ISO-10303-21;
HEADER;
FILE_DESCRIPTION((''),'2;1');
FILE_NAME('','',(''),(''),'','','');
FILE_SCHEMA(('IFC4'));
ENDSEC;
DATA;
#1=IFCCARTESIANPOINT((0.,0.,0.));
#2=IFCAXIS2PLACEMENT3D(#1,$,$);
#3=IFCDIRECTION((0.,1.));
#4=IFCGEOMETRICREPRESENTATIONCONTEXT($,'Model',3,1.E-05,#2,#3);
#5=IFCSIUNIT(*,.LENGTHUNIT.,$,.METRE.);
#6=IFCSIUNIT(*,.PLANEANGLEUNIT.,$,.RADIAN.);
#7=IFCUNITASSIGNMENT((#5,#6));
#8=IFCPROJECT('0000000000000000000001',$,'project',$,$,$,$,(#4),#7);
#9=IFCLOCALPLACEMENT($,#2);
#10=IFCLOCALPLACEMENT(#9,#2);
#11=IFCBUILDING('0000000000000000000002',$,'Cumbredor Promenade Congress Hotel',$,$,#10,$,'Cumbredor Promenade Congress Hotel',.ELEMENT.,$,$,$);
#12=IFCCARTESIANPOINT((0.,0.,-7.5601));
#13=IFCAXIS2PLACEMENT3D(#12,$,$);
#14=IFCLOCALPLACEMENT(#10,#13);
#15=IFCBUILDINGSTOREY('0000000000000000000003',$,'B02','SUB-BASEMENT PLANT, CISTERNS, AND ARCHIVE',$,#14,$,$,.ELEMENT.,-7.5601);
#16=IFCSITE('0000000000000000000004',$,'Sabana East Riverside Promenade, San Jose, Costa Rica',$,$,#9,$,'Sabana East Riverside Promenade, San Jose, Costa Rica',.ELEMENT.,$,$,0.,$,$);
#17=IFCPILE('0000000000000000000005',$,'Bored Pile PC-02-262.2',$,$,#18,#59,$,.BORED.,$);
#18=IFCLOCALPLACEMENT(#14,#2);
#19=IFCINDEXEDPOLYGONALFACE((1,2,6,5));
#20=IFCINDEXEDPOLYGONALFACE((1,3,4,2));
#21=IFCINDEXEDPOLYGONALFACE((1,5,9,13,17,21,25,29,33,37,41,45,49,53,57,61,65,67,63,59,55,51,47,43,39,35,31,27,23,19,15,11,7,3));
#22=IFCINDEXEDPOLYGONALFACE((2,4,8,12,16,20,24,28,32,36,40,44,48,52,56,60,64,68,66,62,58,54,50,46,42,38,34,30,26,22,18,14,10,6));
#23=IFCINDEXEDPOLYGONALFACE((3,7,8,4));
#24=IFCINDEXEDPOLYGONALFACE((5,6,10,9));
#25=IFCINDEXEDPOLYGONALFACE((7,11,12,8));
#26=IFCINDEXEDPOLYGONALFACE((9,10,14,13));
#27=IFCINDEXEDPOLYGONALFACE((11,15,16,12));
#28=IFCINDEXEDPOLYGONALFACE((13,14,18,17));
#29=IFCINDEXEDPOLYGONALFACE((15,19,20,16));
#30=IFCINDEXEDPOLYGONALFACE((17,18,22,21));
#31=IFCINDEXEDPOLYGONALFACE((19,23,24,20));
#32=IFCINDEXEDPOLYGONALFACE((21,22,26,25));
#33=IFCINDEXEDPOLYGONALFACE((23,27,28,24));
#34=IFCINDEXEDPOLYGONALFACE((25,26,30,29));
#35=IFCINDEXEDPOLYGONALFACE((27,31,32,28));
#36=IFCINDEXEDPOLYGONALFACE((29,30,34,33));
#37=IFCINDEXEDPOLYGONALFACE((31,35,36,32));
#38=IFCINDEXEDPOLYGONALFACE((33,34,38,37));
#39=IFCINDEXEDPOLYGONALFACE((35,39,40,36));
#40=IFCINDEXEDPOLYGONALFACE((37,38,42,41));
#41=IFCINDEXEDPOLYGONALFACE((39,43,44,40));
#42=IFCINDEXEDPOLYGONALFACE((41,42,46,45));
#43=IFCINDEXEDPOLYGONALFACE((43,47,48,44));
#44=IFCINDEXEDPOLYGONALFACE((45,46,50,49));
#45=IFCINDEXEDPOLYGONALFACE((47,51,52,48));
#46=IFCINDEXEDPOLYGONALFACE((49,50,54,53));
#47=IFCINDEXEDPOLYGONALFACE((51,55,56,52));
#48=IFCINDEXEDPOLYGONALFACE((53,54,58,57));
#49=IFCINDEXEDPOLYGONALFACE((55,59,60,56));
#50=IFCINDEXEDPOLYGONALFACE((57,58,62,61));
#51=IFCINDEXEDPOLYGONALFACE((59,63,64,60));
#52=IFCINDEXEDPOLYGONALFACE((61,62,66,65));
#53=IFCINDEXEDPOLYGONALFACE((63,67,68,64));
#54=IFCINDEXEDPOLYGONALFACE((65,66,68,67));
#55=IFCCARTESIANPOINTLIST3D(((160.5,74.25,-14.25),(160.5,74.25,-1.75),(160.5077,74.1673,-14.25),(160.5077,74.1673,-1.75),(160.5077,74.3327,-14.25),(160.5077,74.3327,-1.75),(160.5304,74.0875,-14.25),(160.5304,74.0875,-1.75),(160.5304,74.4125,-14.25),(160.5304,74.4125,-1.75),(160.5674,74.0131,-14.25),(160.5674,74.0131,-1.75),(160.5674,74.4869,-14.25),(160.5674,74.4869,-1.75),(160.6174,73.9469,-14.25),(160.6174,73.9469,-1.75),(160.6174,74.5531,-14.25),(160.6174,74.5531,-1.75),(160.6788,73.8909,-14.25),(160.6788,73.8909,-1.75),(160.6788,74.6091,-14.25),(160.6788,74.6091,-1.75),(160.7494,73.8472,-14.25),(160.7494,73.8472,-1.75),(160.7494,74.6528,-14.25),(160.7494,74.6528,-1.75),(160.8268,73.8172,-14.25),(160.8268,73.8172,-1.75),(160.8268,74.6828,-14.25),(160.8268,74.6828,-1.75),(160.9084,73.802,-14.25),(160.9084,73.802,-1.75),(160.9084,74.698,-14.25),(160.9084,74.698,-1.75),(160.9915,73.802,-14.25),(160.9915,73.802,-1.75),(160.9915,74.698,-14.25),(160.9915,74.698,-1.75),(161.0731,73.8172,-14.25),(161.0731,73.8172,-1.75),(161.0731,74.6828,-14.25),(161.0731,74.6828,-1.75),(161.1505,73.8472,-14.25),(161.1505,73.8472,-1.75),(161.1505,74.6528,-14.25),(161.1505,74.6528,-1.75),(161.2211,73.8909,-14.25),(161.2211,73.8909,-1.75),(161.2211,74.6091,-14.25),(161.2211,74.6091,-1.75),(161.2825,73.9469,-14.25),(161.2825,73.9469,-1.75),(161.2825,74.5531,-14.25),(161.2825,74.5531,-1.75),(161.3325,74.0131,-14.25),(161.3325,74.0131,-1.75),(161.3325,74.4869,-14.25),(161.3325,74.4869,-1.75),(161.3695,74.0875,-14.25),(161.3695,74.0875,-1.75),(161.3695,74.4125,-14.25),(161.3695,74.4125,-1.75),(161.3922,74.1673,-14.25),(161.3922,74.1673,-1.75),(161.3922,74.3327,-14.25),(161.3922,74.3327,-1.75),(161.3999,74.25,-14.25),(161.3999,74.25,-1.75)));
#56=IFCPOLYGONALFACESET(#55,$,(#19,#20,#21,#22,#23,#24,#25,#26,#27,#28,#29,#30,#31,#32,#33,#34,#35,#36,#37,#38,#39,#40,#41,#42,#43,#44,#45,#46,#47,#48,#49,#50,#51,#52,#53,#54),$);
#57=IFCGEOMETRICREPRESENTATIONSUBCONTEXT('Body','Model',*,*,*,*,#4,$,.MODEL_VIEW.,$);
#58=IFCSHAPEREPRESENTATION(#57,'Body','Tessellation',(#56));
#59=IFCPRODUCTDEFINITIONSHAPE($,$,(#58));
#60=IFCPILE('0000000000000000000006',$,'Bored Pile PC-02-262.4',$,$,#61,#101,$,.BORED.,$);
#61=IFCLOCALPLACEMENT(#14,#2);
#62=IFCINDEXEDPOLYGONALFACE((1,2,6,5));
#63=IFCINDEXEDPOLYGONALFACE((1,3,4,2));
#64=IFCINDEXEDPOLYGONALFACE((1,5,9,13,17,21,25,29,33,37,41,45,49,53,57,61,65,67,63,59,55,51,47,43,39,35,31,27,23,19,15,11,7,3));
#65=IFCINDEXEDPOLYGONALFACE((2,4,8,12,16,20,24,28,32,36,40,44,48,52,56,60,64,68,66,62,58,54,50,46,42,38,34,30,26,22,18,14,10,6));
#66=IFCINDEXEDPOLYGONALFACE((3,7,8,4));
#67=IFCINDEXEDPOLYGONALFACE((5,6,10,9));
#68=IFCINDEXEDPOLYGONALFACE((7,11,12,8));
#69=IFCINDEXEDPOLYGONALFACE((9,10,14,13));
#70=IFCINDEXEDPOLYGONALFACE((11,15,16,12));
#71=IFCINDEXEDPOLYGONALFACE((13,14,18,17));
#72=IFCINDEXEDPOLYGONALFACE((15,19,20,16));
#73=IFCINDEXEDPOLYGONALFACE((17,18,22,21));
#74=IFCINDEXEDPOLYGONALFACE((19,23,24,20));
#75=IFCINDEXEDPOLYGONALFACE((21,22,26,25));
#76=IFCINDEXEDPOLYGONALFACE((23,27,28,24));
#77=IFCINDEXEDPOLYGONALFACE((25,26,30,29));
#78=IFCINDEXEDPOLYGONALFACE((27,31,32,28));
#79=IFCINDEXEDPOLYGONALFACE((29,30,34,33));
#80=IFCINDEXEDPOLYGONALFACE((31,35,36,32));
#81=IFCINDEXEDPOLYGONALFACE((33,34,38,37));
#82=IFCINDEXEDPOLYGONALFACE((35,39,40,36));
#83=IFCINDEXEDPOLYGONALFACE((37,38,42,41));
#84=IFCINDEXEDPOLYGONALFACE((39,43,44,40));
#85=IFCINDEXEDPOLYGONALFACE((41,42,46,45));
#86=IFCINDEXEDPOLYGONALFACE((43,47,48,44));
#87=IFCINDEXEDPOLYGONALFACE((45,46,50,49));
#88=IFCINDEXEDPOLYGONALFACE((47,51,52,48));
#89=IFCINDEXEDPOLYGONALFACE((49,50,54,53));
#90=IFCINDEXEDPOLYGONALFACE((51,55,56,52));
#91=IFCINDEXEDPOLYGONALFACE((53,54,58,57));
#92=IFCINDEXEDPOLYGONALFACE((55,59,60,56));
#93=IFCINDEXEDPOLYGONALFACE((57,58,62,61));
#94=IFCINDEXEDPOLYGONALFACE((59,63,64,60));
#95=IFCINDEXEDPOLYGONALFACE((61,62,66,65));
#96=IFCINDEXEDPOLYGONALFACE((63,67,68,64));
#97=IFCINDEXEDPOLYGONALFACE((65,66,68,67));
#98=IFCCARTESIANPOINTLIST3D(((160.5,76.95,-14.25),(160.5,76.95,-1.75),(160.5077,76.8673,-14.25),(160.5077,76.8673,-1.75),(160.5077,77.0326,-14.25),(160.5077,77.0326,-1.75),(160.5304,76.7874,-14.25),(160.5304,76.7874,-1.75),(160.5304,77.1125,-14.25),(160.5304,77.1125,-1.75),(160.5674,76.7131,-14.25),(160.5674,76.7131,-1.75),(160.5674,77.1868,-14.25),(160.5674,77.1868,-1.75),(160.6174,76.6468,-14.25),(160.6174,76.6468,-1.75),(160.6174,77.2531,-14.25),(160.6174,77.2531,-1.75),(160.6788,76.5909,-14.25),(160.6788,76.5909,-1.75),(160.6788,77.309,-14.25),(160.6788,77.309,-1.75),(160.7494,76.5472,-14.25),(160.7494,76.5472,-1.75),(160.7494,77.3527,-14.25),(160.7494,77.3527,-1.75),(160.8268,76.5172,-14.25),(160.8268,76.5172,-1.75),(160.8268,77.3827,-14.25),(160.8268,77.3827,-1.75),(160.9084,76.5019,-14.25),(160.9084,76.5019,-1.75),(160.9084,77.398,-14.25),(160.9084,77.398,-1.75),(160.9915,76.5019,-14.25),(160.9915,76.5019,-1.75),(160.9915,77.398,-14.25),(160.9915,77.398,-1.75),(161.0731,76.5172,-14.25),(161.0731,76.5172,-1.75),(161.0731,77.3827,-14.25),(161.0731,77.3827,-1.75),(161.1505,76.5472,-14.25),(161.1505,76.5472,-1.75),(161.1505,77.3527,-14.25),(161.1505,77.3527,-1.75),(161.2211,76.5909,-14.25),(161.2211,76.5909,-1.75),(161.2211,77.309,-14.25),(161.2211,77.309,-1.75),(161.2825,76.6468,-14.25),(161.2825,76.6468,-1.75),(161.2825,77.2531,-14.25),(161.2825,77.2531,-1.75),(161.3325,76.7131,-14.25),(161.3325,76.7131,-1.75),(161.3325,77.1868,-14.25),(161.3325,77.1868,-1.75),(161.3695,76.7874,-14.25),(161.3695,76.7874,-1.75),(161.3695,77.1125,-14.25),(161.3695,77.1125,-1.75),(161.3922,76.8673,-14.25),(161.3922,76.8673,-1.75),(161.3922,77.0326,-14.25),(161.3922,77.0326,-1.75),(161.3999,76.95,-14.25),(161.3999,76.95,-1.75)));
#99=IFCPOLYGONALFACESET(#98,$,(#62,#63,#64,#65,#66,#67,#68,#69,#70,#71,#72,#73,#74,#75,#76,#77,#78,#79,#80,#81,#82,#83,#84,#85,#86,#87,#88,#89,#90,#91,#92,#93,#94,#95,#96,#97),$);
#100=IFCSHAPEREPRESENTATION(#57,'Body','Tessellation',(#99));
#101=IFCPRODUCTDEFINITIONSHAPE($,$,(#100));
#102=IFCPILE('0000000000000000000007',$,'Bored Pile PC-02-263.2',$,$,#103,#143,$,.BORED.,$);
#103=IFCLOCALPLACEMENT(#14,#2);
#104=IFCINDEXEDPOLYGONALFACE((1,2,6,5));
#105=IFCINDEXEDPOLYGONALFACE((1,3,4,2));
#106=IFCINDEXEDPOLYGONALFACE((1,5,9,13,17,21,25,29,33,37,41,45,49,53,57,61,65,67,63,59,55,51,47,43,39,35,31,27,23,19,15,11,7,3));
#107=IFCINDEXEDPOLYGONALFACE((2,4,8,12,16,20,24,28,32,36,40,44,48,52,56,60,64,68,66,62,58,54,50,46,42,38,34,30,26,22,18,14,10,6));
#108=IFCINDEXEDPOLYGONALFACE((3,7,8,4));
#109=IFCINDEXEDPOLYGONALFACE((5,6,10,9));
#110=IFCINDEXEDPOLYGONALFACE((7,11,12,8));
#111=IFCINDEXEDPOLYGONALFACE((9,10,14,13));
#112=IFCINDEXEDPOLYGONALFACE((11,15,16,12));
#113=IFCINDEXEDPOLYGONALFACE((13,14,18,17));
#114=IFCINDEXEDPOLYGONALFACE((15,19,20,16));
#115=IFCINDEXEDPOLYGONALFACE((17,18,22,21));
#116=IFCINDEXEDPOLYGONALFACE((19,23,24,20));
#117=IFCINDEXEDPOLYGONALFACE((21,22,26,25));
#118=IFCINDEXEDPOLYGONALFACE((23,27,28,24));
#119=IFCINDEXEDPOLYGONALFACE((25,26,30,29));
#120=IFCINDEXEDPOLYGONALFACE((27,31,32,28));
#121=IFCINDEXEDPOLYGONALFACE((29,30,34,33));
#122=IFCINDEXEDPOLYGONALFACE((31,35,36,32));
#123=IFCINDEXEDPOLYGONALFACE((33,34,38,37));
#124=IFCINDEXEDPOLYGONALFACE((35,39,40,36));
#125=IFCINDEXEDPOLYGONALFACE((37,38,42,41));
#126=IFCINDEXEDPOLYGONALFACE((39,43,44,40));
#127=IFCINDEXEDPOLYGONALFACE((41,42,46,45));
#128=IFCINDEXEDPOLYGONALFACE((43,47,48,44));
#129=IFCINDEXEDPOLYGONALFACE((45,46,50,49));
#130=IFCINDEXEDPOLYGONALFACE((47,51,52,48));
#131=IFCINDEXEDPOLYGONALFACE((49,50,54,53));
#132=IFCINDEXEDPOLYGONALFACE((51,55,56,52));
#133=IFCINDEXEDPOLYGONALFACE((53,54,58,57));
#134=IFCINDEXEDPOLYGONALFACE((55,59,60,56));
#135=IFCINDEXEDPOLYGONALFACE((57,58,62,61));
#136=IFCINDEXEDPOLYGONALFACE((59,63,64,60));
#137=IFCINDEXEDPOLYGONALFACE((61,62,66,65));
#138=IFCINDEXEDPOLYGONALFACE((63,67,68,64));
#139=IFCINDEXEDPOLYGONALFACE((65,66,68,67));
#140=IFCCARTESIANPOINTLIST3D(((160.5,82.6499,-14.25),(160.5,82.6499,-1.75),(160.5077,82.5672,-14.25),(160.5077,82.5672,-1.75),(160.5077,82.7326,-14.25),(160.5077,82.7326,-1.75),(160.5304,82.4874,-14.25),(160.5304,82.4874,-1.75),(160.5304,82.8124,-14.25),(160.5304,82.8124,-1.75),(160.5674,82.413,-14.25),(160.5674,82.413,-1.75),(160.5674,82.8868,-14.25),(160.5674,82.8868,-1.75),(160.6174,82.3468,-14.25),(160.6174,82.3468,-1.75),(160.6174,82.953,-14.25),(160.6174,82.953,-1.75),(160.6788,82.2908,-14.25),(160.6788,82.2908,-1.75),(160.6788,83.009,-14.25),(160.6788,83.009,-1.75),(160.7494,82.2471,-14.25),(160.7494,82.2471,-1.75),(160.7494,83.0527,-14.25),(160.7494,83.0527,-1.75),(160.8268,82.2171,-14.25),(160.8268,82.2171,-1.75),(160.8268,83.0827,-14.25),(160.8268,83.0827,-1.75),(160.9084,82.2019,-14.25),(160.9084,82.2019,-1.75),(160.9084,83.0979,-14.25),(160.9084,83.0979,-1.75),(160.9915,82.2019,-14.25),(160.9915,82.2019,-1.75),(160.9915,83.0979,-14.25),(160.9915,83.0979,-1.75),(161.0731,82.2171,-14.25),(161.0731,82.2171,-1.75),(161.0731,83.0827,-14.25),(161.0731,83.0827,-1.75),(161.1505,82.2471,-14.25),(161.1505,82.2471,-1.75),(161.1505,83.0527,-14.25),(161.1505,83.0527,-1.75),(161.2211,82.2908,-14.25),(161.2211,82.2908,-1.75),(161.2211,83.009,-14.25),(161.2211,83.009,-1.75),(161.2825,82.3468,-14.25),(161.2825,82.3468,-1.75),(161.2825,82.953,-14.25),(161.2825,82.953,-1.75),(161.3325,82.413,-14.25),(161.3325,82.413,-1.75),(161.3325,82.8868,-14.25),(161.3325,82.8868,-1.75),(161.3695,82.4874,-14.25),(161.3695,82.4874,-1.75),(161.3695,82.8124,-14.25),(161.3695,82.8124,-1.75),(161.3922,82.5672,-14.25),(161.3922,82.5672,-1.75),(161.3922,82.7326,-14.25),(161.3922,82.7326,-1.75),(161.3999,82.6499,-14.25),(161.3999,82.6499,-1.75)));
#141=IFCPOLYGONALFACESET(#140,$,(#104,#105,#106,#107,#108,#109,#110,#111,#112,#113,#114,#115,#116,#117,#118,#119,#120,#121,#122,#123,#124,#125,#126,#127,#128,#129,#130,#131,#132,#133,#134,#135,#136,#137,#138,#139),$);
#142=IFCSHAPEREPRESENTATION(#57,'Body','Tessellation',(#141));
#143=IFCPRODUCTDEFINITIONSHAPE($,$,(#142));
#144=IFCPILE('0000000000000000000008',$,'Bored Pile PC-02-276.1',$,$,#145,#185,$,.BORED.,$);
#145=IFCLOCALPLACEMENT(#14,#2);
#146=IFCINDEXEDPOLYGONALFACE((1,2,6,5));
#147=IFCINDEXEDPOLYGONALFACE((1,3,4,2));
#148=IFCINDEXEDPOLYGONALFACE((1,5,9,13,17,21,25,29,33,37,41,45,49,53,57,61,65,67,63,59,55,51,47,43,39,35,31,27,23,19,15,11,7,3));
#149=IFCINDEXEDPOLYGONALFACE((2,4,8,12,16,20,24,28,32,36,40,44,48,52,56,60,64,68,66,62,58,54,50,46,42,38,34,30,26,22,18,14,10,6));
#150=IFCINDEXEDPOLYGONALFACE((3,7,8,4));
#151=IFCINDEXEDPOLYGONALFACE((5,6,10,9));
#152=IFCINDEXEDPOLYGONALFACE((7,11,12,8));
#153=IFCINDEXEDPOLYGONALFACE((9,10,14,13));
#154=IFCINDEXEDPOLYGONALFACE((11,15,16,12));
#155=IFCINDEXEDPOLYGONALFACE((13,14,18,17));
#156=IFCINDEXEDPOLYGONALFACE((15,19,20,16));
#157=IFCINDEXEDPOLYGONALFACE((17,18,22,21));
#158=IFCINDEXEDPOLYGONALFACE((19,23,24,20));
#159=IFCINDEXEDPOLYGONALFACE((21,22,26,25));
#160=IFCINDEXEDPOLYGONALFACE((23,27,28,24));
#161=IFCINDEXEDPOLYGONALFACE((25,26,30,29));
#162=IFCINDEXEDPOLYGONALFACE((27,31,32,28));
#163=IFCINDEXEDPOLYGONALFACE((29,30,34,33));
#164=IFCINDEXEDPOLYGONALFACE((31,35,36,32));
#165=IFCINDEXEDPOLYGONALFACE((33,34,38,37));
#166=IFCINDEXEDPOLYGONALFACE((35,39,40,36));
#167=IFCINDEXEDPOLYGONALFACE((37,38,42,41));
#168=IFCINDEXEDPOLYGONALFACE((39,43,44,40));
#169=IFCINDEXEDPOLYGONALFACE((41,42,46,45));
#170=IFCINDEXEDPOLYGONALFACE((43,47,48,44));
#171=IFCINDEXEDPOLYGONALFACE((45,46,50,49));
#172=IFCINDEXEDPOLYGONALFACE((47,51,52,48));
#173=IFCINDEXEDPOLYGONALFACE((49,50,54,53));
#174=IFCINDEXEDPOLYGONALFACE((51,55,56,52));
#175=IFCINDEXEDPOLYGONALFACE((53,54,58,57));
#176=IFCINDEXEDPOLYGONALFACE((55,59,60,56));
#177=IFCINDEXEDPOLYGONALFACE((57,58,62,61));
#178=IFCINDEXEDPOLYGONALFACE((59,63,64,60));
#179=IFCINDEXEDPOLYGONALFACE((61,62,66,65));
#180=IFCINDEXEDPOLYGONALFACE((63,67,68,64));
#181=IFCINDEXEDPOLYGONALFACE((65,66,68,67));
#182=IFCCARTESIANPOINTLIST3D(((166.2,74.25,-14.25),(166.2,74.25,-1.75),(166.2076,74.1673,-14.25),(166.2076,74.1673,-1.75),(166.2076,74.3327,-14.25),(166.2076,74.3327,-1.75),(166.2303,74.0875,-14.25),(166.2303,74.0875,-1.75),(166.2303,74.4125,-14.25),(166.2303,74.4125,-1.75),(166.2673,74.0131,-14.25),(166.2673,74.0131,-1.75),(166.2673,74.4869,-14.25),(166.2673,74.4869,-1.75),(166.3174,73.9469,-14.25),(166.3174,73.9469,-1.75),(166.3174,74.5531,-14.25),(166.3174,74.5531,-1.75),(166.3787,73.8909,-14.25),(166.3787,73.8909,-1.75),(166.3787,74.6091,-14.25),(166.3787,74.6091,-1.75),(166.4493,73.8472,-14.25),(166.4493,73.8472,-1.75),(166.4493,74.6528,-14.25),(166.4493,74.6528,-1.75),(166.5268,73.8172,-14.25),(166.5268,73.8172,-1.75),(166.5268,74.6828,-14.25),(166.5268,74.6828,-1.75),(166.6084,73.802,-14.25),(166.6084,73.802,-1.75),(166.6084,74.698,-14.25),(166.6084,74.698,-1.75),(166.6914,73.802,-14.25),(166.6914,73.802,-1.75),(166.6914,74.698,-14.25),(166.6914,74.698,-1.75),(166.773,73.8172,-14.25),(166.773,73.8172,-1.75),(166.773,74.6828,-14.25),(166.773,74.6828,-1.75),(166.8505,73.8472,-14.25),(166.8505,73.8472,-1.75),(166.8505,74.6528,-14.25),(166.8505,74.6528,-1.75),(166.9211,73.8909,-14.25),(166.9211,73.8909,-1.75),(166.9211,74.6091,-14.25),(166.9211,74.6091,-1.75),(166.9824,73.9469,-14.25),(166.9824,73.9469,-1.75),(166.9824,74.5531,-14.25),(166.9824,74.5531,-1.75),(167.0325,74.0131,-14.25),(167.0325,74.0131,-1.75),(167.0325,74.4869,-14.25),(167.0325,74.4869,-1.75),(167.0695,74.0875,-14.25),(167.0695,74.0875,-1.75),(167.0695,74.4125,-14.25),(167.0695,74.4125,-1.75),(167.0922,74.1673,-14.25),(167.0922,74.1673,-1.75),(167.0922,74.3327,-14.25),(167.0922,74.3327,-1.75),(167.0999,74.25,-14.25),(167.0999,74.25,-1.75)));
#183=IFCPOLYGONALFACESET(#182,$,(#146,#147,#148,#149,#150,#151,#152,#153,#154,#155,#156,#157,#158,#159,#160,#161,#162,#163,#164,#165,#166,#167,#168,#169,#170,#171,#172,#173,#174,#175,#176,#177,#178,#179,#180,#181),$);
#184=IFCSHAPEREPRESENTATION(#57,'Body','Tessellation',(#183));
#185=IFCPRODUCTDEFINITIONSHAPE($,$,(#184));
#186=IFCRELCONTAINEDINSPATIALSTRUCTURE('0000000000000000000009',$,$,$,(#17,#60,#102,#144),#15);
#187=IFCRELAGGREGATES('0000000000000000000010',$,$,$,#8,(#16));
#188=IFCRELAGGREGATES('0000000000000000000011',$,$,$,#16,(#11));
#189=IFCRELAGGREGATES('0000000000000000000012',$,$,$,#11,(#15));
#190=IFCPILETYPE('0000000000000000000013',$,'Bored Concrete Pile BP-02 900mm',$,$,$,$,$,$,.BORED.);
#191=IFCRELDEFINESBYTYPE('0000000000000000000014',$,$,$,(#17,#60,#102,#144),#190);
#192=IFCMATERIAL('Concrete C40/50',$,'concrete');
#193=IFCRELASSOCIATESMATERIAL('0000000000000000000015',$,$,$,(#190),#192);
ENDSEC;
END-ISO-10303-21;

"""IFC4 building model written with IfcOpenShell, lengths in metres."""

from ifc_helpers import new_model, si_unit, direction, frame, origin, origin_2d, place, context, subcontext, project, spatial, circle, extrude, material, material_profile, profile_set, type_object, element, save


model = new_model("IFC4")

# Units and contexts
model_context = context("Model", 3, precision=1e-05, world=origin(), true_north=direction((0.0, 1.0)))
body_context = subcontext(model_context, "Body", "Model", "MODEL_VIEW")
ifc_project = project(units=[si_unit("LENGTHUNIT", "METRE"), si_unit("PLANEANGLEUNIT", "RADIAN")], contexts=[model_context])

# Site, building, storey
site_placement = place(None, origin())
site = spatial("IfcSite", under=ifc_project, at=site_placement, Name="Sabana East Riverside Promenade, San Jose, Costa Rica", LongName="Sabana East Riverside Promenade, San Jose, Costa Rica", CompositionType="ELEMENT", RefElevation=0.0)
building_placement = place(site_placement, origin())
building = spatial("IfcBuilding", under=site, at=building_placement, Name="Cumbredor Promenade Congress Hotel", LongName="Cumbredor Promenade Congress Hotel", CompositionType="ELEMENT")
storey_placement = place(building_placement, frame((0.0, 0.0, -7.5601)))
storey = spatial("IfcBuildingStorey", under=building, at=storey_placement, Name="B02", Description="SUB-BASEMENT PLANT, CISTERNS, AND ARCHIVE", CompositionType="ELEMENT", Elevation=-7.5601)

# Piles
ifc_material_1 = material(Name="Concrete C40/50", Category="concrete")
ifc_material_profile_1 = material_profile(ifc_material_1, circle(Radius=0.45, at=origin_2d()), Name="PILE D900")
ifc_profile_set_1 = profile_set([ifc_material_profile_1], Name="Concrete C40/50")
pile_type = type_object("IfcPileType", Name="Bored Concrete Pile BP-02 900mm", PredefinedType="BORED", material=ifc_profile_set_1)
for number, where, z_axis, x_axis, name in (
    (1, (160.95, 74.25, -1.75), (0.0, 0.0, -1.0), (1.0, 0.0, 0.0), "Bored Pile PC-02-262.2"),
    (2, (160.95, 76.95, -1.75), (0.0, 0.0, -1.0), (1.0, 0.0, 0.0), "Bored Pile PC-02-262.4"),
    (3, (160.95, 82.6499, -1.75), (0.0, 0.0, -1.0), (1.0, 0.0, 0.0), "Bored Pile PC-02-263.2"),
    (4, (166.6499, 74.25, -1.75), (0.0, 0.0, -1.0), (1.0, 0.0, 0.0), "Bored Pile PC-02-276.1"),
):
    element("IfcPile", number, at=place(storey_placement, frame(where, z_axis=z_axis, x_axis=x_axis)), inside=storey, type_object=pile_type, Name=name, PredefinedType="BORED", context=body_context, shape_type="SweptSolid", body=[
        extrude(circle(Radius=0.45, at=origin_2d()), origin(), (0.0, 0.0, 1.0), 12.5),
    ])

save(model, "model.ifc")
